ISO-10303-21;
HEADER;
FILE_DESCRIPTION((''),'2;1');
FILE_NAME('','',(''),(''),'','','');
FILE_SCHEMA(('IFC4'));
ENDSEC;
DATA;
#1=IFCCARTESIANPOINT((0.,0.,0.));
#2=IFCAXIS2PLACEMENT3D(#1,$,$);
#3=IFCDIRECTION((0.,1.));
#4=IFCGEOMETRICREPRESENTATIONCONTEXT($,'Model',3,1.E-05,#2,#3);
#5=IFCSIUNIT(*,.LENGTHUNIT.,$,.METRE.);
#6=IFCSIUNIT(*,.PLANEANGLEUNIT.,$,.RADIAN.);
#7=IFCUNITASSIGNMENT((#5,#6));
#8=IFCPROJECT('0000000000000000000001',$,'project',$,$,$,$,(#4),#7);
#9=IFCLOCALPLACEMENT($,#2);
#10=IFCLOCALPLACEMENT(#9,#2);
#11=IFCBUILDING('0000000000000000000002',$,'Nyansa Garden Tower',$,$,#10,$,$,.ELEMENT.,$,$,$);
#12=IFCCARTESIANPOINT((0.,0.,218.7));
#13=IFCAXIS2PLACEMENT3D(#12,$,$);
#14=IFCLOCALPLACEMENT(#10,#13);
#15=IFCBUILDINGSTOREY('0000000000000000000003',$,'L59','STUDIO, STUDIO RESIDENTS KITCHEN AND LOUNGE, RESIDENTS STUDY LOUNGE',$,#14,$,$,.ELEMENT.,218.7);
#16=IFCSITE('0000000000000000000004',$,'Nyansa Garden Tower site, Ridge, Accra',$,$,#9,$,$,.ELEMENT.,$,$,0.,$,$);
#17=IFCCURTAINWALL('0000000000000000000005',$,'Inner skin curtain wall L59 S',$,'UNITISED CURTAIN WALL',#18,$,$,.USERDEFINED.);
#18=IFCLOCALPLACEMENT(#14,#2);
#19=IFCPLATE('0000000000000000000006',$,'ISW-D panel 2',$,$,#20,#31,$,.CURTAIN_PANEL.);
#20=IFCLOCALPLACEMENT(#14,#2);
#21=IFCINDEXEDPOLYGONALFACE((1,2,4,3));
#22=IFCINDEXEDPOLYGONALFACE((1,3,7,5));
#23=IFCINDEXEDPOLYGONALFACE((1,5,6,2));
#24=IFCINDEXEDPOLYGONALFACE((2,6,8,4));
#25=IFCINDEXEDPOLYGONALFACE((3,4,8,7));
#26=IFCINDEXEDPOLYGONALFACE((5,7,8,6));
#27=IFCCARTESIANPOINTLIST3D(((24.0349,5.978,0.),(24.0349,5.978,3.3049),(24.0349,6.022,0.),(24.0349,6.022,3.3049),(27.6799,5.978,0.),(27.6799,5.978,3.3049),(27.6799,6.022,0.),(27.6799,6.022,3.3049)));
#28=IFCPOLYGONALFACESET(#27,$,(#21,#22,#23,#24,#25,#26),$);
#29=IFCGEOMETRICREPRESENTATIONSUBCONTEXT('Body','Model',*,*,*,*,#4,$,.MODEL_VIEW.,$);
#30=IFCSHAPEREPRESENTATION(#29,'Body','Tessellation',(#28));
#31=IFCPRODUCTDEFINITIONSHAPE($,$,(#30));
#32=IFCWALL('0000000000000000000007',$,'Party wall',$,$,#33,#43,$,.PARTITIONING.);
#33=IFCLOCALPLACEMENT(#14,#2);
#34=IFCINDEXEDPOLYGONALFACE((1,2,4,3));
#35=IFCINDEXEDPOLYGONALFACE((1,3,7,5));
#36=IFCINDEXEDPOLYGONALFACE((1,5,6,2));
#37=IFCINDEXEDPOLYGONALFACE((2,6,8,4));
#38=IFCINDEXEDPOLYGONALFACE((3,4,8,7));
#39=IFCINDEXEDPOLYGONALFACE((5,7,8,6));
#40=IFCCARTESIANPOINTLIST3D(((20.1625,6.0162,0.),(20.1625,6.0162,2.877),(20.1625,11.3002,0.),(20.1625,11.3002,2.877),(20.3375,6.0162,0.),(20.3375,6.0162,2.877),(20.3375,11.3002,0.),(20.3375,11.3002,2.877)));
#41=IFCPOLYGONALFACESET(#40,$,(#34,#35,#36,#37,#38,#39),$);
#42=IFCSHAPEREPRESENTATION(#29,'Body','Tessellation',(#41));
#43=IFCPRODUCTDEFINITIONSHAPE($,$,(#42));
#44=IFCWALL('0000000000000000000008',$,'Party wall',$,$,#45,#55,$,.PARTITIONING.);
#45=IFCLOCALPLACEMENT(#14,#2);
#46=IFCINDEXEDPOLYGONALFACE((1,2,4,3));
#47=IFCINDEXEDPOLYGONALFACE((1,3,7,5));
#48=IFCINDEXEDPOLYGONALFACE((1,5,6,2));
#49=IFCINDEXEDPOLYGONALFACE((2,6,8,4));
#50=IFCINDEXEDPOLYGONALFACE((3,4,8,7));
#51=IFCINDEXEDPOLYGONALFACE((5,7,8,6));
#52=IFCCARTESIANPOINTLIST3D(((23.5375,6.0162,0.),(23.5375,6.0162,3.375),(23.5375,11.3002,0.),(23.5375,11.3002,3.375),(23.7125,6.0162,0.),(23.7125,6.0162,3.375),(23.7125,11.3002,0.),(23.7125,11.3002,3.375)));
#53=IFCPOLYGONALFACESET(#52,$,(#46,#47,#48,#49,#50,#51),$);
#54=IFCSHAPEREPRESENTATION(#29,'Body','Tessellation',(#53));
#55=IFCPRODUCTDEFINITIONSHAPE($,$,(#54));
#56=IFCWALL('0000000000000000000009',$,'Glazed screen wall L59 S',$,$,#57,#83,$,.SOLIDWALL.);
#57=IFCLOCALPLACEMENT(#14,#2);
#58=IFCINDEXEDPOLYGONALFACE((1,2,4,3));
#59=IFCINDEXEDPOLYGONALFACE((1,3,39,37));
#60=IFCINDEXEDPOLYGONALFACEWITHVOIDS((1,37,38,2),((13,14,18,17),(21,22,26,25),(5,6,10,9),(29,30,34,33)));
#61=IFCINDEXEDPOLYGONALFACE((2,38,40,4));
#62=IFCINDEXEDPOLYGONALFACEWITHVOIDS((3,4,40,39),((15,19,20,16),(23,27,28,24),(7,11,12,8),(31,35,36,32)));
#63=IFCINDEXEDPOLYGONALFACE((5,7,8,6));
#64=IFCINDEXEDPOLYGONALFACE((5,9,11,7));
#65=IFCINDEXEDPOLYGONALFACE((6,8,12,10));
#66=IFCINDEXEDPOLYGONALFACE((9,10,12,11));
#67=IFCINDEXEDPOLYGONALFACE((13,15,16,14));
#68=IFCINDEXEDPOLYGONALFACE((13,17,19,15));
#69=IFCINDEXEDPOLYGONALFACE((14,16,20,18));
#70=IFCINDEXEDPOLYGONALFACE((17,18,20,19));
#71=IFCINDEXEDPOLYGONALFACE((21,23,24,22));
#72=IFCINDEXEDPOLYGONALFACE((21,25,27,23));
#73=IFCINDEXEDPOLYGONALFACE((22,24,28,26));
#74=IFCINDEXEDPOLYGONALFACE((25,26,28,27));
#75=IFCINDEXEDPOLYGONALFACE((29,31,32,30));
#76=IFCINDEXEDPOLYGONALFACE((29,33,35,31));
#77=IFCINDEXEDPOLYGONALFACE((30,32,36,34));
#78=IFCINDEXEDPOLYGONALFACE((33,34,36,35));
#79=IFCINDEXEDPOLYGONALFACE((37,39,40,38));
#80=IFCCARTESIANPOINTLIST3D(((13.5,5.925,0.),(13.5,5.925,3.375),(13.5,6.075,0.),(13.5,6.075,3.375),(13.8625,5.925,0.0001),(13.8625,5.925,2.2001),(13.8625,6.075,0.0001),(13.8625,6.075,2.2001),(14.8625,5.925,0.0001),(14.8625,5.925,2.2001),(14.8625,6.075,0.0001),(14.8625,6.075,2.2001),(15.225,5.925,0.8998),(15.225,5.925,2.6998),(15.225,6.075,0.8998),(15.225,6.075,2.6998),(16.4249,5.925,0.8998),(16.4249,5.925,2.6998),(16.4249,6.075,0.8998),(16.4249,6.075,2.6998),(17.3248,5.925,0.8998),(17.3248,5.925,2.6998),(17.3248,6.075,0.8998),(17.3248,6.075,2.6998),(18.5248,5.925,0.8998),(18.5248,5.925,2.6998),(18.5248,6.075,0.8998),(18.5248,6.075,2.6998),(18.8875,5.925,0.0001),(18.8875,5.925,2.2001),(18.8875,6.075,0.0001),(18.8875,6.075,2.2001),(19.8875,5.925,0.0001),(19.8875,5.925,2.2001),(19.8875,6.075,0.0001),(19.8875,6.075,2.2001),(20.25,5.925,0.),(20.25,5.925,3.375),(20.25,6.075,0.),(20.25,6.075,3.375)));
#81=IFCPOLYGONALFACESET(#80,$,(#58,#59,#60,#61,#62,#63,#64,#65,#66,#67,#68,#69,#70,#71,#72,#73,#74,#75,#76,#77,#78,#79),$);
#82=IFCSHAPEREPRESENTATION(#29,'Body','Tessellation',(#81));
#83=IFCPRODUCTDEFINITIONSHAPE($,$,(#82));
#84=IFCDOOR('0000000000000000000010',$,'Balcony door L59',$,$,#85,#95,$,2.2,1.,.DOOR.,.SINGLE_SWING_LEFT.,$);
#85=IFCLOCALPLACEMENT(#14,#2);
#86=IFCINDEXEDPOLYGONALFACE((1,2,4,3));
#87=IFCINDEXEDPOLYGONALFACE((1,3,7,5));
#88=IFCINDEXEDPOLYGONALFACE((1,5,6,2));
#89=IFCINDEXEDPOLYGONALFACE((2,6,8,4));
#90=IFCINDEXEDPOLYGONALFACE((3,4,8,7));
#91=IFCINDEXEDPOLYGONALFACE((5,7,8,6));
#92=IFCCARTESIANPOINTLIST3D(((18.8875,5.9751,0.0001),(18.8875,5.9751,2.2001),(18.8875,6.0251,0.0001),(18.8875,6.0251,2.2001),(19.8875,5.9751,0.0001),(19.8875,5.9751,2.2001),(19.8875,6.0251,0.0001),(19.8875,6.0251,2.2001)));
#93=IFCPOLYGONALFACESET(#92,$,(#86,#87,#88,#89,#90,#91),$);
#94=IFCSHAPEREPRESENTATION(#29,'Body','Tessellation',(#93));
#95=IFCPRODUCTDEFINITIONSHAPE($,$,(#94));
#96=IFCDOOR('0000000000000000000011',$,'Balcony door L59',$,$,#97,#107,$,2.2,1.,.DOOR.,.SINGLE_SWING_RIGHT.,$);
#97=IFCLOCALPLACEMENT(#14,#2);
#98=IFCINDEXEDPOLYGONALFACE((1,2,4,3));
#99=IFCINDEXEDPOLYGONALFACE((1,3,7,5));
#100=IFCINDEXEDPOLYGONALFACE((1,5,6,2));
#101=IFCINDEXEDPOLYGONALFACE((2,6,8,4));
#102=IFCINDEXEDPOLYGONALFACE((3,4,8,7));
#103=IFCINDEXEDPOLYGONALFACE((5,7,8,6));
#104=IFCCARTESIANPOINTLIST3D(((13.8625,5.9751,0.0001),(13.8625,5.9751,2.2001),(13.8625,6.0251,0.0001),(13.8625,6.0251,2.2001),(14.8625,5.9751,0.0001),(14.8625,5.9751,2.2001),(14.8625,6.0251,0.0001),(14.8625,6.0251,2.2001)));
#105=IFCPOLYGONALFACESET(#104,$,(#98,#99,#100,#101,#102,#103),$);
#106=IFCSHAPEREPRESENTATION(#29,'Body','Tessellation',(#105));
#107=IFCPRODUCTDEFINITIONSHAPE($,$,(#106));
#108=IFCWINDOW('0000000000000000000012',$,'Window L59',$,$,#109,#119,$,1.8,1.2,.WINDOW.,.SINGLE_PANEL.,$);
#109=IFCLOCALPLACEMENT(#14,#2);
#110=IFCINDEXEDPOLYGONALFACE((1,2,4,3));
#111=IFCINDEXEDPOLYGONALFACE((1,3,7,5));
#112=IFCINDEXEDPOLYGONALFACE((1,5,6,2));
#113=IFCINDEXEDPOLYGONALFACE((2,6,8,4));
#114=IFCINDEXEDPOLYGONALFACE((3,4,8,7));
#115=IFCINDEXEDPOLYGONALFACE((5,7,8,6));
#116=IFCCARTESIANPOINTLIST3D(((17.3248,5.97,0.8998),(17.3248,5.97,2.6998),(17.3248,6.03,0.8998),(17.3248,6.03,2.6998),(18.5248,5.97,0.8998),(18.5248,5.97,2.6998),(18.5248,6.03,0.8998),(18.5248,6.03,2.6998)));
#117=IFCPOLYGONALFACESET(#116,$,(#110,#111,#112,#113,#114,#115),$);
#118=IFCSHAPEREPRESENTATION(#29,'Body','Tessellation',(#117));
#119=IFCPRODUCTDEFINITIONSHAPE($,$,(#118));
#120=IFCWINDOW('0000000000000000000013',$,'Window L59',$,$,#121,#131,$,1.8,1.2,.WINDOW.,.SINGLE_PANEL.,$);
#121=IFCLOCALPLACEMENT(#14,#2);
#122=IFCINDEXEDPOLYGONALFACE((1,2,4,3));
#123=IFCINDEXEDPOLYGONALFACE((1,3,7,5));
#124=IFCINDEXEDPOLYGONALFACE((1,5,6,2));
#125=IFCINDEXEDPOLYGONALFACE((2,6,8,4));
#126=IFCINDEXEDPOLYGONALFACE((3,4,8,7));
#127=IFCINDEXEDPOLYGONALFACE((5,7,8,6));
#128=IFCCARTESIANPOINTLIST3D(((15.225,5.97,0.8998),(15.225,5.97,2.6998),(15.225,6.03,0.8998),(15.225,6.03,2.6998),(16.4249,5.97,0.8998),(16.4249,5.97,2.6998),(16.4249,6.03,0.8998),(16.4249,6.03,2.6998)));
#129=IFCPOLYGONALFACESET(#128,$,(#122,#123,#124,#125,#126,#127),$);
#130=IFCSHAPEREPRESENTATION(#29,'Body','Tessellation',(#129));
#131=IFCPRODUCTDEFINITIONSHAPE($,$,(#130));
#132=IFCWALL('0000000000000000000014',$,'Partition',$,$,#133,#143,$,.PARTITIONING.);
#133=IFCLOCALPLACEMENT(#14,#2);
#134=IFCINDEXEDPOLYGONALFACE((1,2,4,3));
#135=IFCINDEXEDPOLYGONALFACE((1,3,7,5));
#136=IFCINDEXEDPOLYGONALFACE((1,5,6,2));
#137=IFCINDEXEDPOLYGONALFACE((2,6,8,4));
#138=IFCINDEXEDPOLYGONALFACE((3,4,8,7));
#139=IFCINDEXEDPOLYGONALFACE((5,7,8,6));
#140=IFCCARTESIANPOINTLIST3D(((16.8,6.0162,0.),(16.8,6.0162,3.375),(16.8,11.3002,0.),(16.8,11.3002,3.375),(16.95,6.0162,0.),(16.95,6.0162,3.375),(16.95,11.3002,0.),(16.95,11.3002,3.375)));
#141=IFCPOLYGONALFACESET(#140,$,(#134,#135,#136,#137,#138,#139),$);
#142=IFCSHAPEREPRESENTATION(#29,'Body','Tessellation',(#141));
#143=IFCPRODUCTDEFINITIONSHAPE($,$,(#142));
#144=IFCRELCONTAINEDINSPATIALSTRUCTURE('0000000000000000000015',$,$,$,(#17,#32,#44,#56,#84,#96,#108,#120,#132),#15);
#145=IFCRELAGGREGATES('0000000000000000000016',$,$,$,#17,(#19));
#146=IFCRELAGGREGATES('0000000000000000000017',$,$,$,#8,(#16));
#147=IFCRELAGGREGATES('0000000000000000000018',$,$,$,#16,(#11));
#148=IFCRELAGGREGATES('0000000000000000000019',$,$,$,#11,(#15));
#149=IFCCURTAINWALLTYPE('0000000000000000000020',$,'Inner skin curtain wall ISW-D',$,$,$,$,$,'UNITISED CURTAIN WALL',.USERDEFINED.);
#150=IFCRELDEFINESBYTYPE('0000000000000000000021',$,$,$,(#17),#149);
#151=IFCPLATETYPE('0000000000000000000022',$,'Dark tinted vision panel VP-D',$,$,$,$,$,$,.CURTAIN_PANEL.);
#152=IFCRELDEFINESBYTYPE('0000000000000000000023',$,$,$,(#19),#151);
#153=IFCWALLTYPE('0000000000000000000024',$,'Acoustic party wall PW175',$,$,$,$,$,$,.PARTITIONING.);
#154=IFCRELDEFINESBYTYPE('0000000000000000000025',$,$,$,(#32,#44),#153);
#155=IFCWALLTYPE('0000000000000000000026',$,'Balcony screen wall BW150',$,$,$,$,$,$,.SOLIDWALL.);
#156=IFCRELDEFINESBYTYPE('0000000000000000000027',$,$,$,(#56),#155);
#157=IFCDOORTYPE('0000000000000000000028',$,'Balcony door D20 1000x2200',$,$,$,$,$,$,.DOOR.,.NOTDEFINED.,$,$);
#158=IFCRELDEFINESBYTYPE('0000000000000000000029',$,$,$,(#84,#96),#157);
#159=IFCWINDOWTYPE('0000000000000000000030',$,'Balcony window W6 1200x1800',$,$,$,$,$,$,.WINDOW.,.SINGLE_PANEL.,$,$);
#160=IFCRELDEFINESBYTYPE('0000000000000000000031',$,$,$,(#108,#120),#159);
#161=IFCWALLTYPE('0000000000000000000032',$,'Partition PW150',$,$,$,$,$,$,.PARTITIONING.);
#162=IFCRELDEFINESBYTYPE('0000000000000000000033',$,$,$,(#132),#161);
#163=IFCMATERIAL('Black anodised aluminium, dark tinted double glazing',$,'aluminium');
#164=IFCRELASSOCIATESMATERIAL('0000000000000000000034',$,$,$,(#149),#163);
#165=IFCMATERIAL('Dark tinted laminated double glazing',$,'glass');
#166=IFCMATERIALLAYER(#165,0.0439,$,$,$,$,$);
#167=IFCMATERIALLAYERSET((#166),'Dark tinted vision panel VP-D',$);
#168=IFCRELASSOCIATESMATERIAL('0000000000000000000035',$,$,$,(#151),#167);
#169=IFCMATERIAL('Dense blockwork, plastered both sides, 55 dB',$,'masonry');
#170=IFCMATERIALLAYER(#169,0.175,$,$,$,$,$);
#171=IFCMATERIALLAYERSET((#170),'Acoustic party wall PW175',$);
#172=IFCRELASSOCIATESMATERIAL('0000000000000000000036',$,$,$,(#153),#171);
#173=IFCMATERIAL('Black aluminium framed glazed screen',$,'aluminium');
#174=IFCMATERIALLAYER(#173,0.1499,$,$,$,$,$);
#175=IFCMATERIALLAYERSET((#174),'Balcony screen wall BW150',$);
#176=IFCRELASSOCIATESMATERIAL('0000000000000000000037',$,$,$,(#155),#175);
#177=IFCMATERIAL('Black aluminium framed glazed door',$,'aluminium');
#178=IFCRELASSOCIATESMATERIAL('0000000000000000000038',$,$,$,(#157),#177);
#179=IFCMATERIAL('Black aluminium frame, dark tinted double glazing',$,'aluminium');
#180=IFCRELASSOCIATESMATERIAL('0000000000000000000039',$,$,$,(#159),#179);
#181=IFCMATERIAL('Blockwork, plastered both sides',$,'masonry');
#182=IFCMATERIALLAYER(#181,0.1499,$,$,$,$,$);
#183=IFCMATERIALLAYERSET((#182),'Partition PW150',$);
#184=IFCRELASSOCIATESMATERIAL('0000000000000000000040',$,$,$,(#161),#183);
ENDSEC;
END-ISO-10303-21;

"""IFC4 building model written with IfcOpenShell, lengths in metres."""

from ifc_helpers import new_model, si_unit, direction, frame, frame_2d, origin, origin_2d, place, context, subcontext, project, spatial, rectangle, extrude, material, layer, layer_set, type_object, element, fill, aggregate, save


model = new_model("IFC4")

# Units and contexts
model_context = context("Model", 3, precision=1e-05, world=origin(), true_north=direction((0.0, 1.0)))
body_context = subcontext(model_context, "Body", "Model", "MODEL_VIEW")
ifc_project = project(units=[si_unit("LENGTHUNIT", "METRE"), si_unit("PLANEANGLEUNIT", "RADIAN")], contexts=[model_context])

# Site, building, storey
site_placement = place(None, origin())
site = spatial("IfcSite", under=ifc_project, at=site_placement, Name="Nyansa Garden Tower site, Ridge, Accra", CompositionType="ELEMENT", RefElevation=0.0)
building_placement = place(site_placement, origin())
building = spatial("IfcBuilding", under=site, at=building_placement, Name="Nyansa Garden Tower", CompositionType="ELEMENT")
storey_placement = place(building_placement, frame((0.0, 0.0, 218.7)))
storey = spatial("IfcBuildingStorey", under=building, at=storey_placement, Name="L59", Description="STUDIO, STUDIO RESIDENTS KITCHEN AND LOUNGE, RESIDENTS STUDY LOUNGE", CompositionType="ELEMENT", Elevation=218.7)

# Curtain wall
ifc_material_1 = material(Name="Black anodised aluminium, dark tinted double glazing", Category="aluminium")
curtain_wall_type = type_object("IfcCurtainWallType", Name="Inner skin curtain wall ISW-D", ElementType="UNITISED CURTAIN WALL", PredefinedType="USERDEFINED", material=ifc_material_1)
curtain_wall_placement = place(storey_placement, origin())
curtain_wall = element("IfcCurtainWall", 1, at=curtain_wall_placement, inside=storey, type_object=curtain_wall_type, Name="Inner skin curtain wall L59 S", ObjectType="UNITISED CURTAIN WALL", PredefinedType="USERDEFINED")

# Plate
ifc_material_2 = material(Name="Dark tinted laminated double glazing", Category="glass")
ifc_layer_1 = layer(ifc_material_2, 0.0439)
ifc_layer_set_1 = layer_set([ifc_layer_1], Name="Dark tinted vision panel VP-D")
plate_type = type_object("IfcPlateType", Name="Dark tinted vision panel VP-D", PredefinedType="CURTAIN_PANEL", material=ifc_layer_set_1)
plate_1_placement = place(storey_placement, frame((25.8574, 6.0, 0.0), z_axis=(0.0, 0.0, 1.0), x_axis=(1.0, 0.0, 0.0)))
plate_1 = element("IfcPlate", 2, at=plate_1_placement, type_object=plate_type, Name="ISW-D panel 2", PredefinedType="CURTAIN_PANEL", context=body_context, shape_type="SweptSolid", body=[
    extrude(rectangle(XDim=3.645, YDim=0.0439, at=origin_2d()), origin(), (0.0, 0.0, 1.0), 3.3049),
])
aggregate(curtain_wall, [plate_1])

# Walls
ifc_material_3 = material(Name="Dense blockwork, plastered both sides, 55 dB", Category="masonry")
ifc_layer_2 = layer(ifc_material_3, 0.175)
ifc_layer_set_2 = layer_set([ifc_layer_2], Name="Acoustic party wall PW175")
wall_type_1 = type_object("IfcWallType", Name="Acoustic party wall PW175", PredefinedType="PARTITIONING", material=ifc_layer_set_2)
wall_1_placement = place(storey_placement, frame((20.25, 6.0161, 0.0), z_axis=(0.0, 0.0, 1.0), x_axis=(0.0, 1.0, 0.0)))
element("IfcWall", 3, at=wall_1_placement, inside=storey, type_object=wall_type_1, Name="Party wall", PredefinedType="PARTITIONING", context=body_context, shape_type="SweptSolid", body=[
    extrude(rectangle(XDim=5.2839, YDim=0.175, at=frame_2d((2.6421, 0.0))), origin(), (0.0, 0.0, 1.0), 2.877),
])
wall_2_placement = place(storey_placement, frame((23.625, 6.0161, 0.0), z_axis=(0.0, 0.0, 1.0), x_axis=(0.0, 1.0, 0.0)))
element("IfcWall", 4, at=wall_2_placement, inside=storey, type_object=wall_type_1, Name="Party wall", PredefinedType="PARTITIONING", context=body_context, shape_type="SweptSolid", body=[
    extrude(rectangle(XDim=5.2839, YDim=0.175, at=frame_2d((2.6421, 0.0))), origin(), (0.0, 0.0, 1.0), 3.375),
])

# Wall, openings, doors, windows
ifc_material_4 = material(Name="Black aluminium framed glazed screen", Category="aluminium")
ifc_layer_3 = layer(ifc_material_4, 0.1499)
ifc_layer_set_3 = layer_set([ifc_layer_3], Name="Balcony screen wall BW150")
wall_type_2 = type_object("IfcWallType", Name="Balcony screen wall BW150", PredefinedType="SOLIDWALL", material=ifc_layer_set_3)
wall_3_placement = place(storey_placement, frame((20.25, 6.0, 0.0), z_axis=(0.0, 0.0, 1.0), x_axis=(-1.0, 0.0, 0.0)))
wall_3 = element("IfcWall", 5, at=wall_3_placement, inside=storey, type_object=wall_type_2, Name="Glazed screen wall L59 S", PredefinedType="SOLIDWALL", context=body_context, shape_type="SweptSolid", body=[
    extrude(rectangle(XDim=6.75, YDim=0.1499, at=frame_2d((3.375, 0.0))), origin(), (0.0, 0.0, 1.0), 3.375),
])
opening_1_placement = place(wall_3_placement, frame((0.3625, 0.0, 0.0)))
opening_1 = element("IfcOpeningElement", 6, at=opening_1_placement, cuts=wall_3, PredefinedType="OPENING", context=body_context, shape_type="SweptSolid", body=[
    extrude(rectangle(XDim=1.0, YDim=2.2, at=frame_2d((0.5, 1.1001))), frame((0.0, 0.085, 0.0), z_axis=(0.0, -1.0, 0.0), x_axis=(1.0, 0.0, 0.0)), (0.0, 0.0, 1.0), 0.1699),
])
opening_2_placement = place(wall_3_placement, frame((1.7251, 0.0, 0.8999)))
opening_2 = element("IfcOpeningElement", 7, at=opening_2_placement, cuts=wall_3, PredefinedType="OPENING", context=body_context, shape_type="SweptSolid", body=[
    extrude(rectangle(XDim=1.2, YDim=1.8, at=frame_2d((0.6001, 0.8999))), frame((0.0, 0.085, 0.0), z_axis=(0.0, -1.0, 0.0), x_axis=(1.0, 0.0, 0.0)), (0.0, 0.0, 1.0), 0.1699),
])
opening_3_placement = place(wall_3_placement, frame((5.3875, 0.0, 0.0)))
opening_3 = element("IfcOpeningElement", 8, at=opening_3_placement, cuts=wall_3, PredefinedType="OPENING", context=body_context, shape_type="SweptSolid", body=[
    extrude(rectangle(XDim=1.0, YDim=2.2, at=frame_2d((0.5, 1.1001))), frame((0.0, 0.085, 0.0), z_axis=(0.0, -1.0, 0.0), x_axis=(1.0, 0.0, 0.0)), (0.0, 0.0, 1.0), 0.1699),
])
opening_4_placement = place(wall_3_placement, frame((3.825, 0.0, 0.8999)))
opening_4 = element("IfcOpeningElement", 9, at=opening_4_placement, cuts=wall_3, PredefinedType="OPENING", context=body_context, shape_type="SweptSolid", body=[
    extrude(rectangle(XDim=1.2, YDim=1.8, at=frame_2d((0.6001, 0.8999))), frame((0.0, 0.085, 0.0), z_axis=(0.0, -1.0, 0.0), x_axis=(1.0, 0.0, 0.0)), (0.0, 0.0, 1.0), 0.1699),
])
ifc_material_5 = material(Name="Black aluminium framed glazed door", Category="aluminium")
door_type_1 = type_object("IfcDoorType", Name="Balcony door D20 1000x2200", OperationType="NOTDEFINED", PredefinedType="DOOR", material=ifc_material_5)
door_1_placement = place(opening_1_placement, origin())
door_1 = element("IfcDoor", 10, at=door_1_placement, inside=storey, type_object=door_type_1, Name="Balcony door L59", OperationType="SINGLE_SWING_LEFT", OverallHeight=2.2, OverallWidth=1.0, PredefinedType="DOOR", context=body_context, shape_type="SweptSolid", body=[
    extrude(rectangle(XDim=1.0, YDim=2.2, at=frame_2d((0.5, 1.1001))), frame((0.0, 0.0249, 0.0), z_axis=(0.0, -1.0, 0.0), x_axis=(1.0, 0.0, 0.0)), (0.0, 0.0, 1.0), 0.05),
])
fill(opening_1, door_1)
door_2_placement = place(opening_3_placement, origin())
door_2 = element("IfcDoor", 11, at=door_2_placement, inside=storey, type_object=door_type_1, Name="Balcony door L59", OperationType="SINGLE_SWING_RIGHT", OverallHeight=2.2, OverallWidth=1.0, PredefinedType="DOOR", context=body_context, shape_type="SweptSolid", body=[
    extrude(rectangle(XDim=1.0, YDim=2.2, at=frame_2d((0.5, 1.1001))), frame((0.0, 0.0249, 0.0), z_axis=(0.0, -1.0, 0.0), x_axis=(1.0, 0.0, 0.0)), (0.0, 0.0, 1.0), 0.05),
])
fill(opening_3, door_2)
ifc_material_6 = material(Name="Black aluminium frame, dark tinted double glazing", Category="aluminium")
window_type = type_object("IfcWindowType", Name="Balcony window W6 1200x1800", PartitioningType="SINGLE_PANEL", PredefinedType="WINDOW", material=ifc_material_6)
window_1_placement = place(opening_2_placement, origin())
window_1 = element("IfcWindow", 12, at=window_1_placement, inside=storey, type_object=window_type, Name="Window L59", OverallHeight=1.8, OverallWidth=1.2, PartitioningType="SINGLE_PANEL", PredefinedType="WINDOW", context=body_context, shape_type="SweptSolid", body=[
    extrude(rectangle(XDim=1.2, YDim=1.8, at=frame_2d((0.6001, 0.8999))), frame((0.0, 0.03, 0.0), z_axis=(0.0, -1.0, 0.0), x_axis=(1.0, 0.0, 0.0)), (0.0, 0.0, 1.0), 0.0601),
])
fill(opening_2, window_1)
window_2_placement = place(opening_4_placement, origin())
window_2 = element("IfcWindow", 13, at=window_2_placement, inside=storey, type_object=window_type, Name="Window L59", OverallHeight=1.8, OverallWidth=1.2, PartitioningType="SINGLE_PANEL", PredefinedType="WINDOW", context=body_context, shape_type="SweptSolid", body=[
    extrude(rectangle(XDim=1.2, YDim=1.8, at=frame_2d((0.6001, 0.8999))), frame((0.0, 0.03, 0.0), z_axis=(0.0, -1.0, 0.0), x_axis=(1.0, 0.0, 0.0)), (0.0, 0.0, 1.0), 0.0601),
])
fill(opening_4, window_2)

# Wall
ifc_material_7 = material(Name="Blockwork, plastered both sides", Category="masonry")
ifc_layer_4 = layer(ifc_material_7, 0.1499)
ifc_layer_set_4 = layer_set([ifc_layer_4], Name="Partition PW150")
wall_type_3 = type_object("IfcWallType", Name="Partition PW150", PredefinedType="PARTITIONING", material=ifc_layer_set_4)
wall_4_placement = place(storey_placement, frame((16.875, 6.0161, 0.0), z_axis=(0.0, 0.0, 1.0), x_axis=(0.0, 1.0, 0.0)))
element("IfcWall", 14, at=wall_4_placement, inside=storey, type_object=wall_type_3, Name="Partition", PredefinedType="PARTITIONING", context=body_context, shape_type="SweptSolid", body=[
    extrude(rectangle(XDim=5.2839, YDim=0.1499, at=frame_2d((2.6421, 0.0))), origin(), (0.0, 0.0, 1.0), 3.375),
])

save(model, "model.ifc")
